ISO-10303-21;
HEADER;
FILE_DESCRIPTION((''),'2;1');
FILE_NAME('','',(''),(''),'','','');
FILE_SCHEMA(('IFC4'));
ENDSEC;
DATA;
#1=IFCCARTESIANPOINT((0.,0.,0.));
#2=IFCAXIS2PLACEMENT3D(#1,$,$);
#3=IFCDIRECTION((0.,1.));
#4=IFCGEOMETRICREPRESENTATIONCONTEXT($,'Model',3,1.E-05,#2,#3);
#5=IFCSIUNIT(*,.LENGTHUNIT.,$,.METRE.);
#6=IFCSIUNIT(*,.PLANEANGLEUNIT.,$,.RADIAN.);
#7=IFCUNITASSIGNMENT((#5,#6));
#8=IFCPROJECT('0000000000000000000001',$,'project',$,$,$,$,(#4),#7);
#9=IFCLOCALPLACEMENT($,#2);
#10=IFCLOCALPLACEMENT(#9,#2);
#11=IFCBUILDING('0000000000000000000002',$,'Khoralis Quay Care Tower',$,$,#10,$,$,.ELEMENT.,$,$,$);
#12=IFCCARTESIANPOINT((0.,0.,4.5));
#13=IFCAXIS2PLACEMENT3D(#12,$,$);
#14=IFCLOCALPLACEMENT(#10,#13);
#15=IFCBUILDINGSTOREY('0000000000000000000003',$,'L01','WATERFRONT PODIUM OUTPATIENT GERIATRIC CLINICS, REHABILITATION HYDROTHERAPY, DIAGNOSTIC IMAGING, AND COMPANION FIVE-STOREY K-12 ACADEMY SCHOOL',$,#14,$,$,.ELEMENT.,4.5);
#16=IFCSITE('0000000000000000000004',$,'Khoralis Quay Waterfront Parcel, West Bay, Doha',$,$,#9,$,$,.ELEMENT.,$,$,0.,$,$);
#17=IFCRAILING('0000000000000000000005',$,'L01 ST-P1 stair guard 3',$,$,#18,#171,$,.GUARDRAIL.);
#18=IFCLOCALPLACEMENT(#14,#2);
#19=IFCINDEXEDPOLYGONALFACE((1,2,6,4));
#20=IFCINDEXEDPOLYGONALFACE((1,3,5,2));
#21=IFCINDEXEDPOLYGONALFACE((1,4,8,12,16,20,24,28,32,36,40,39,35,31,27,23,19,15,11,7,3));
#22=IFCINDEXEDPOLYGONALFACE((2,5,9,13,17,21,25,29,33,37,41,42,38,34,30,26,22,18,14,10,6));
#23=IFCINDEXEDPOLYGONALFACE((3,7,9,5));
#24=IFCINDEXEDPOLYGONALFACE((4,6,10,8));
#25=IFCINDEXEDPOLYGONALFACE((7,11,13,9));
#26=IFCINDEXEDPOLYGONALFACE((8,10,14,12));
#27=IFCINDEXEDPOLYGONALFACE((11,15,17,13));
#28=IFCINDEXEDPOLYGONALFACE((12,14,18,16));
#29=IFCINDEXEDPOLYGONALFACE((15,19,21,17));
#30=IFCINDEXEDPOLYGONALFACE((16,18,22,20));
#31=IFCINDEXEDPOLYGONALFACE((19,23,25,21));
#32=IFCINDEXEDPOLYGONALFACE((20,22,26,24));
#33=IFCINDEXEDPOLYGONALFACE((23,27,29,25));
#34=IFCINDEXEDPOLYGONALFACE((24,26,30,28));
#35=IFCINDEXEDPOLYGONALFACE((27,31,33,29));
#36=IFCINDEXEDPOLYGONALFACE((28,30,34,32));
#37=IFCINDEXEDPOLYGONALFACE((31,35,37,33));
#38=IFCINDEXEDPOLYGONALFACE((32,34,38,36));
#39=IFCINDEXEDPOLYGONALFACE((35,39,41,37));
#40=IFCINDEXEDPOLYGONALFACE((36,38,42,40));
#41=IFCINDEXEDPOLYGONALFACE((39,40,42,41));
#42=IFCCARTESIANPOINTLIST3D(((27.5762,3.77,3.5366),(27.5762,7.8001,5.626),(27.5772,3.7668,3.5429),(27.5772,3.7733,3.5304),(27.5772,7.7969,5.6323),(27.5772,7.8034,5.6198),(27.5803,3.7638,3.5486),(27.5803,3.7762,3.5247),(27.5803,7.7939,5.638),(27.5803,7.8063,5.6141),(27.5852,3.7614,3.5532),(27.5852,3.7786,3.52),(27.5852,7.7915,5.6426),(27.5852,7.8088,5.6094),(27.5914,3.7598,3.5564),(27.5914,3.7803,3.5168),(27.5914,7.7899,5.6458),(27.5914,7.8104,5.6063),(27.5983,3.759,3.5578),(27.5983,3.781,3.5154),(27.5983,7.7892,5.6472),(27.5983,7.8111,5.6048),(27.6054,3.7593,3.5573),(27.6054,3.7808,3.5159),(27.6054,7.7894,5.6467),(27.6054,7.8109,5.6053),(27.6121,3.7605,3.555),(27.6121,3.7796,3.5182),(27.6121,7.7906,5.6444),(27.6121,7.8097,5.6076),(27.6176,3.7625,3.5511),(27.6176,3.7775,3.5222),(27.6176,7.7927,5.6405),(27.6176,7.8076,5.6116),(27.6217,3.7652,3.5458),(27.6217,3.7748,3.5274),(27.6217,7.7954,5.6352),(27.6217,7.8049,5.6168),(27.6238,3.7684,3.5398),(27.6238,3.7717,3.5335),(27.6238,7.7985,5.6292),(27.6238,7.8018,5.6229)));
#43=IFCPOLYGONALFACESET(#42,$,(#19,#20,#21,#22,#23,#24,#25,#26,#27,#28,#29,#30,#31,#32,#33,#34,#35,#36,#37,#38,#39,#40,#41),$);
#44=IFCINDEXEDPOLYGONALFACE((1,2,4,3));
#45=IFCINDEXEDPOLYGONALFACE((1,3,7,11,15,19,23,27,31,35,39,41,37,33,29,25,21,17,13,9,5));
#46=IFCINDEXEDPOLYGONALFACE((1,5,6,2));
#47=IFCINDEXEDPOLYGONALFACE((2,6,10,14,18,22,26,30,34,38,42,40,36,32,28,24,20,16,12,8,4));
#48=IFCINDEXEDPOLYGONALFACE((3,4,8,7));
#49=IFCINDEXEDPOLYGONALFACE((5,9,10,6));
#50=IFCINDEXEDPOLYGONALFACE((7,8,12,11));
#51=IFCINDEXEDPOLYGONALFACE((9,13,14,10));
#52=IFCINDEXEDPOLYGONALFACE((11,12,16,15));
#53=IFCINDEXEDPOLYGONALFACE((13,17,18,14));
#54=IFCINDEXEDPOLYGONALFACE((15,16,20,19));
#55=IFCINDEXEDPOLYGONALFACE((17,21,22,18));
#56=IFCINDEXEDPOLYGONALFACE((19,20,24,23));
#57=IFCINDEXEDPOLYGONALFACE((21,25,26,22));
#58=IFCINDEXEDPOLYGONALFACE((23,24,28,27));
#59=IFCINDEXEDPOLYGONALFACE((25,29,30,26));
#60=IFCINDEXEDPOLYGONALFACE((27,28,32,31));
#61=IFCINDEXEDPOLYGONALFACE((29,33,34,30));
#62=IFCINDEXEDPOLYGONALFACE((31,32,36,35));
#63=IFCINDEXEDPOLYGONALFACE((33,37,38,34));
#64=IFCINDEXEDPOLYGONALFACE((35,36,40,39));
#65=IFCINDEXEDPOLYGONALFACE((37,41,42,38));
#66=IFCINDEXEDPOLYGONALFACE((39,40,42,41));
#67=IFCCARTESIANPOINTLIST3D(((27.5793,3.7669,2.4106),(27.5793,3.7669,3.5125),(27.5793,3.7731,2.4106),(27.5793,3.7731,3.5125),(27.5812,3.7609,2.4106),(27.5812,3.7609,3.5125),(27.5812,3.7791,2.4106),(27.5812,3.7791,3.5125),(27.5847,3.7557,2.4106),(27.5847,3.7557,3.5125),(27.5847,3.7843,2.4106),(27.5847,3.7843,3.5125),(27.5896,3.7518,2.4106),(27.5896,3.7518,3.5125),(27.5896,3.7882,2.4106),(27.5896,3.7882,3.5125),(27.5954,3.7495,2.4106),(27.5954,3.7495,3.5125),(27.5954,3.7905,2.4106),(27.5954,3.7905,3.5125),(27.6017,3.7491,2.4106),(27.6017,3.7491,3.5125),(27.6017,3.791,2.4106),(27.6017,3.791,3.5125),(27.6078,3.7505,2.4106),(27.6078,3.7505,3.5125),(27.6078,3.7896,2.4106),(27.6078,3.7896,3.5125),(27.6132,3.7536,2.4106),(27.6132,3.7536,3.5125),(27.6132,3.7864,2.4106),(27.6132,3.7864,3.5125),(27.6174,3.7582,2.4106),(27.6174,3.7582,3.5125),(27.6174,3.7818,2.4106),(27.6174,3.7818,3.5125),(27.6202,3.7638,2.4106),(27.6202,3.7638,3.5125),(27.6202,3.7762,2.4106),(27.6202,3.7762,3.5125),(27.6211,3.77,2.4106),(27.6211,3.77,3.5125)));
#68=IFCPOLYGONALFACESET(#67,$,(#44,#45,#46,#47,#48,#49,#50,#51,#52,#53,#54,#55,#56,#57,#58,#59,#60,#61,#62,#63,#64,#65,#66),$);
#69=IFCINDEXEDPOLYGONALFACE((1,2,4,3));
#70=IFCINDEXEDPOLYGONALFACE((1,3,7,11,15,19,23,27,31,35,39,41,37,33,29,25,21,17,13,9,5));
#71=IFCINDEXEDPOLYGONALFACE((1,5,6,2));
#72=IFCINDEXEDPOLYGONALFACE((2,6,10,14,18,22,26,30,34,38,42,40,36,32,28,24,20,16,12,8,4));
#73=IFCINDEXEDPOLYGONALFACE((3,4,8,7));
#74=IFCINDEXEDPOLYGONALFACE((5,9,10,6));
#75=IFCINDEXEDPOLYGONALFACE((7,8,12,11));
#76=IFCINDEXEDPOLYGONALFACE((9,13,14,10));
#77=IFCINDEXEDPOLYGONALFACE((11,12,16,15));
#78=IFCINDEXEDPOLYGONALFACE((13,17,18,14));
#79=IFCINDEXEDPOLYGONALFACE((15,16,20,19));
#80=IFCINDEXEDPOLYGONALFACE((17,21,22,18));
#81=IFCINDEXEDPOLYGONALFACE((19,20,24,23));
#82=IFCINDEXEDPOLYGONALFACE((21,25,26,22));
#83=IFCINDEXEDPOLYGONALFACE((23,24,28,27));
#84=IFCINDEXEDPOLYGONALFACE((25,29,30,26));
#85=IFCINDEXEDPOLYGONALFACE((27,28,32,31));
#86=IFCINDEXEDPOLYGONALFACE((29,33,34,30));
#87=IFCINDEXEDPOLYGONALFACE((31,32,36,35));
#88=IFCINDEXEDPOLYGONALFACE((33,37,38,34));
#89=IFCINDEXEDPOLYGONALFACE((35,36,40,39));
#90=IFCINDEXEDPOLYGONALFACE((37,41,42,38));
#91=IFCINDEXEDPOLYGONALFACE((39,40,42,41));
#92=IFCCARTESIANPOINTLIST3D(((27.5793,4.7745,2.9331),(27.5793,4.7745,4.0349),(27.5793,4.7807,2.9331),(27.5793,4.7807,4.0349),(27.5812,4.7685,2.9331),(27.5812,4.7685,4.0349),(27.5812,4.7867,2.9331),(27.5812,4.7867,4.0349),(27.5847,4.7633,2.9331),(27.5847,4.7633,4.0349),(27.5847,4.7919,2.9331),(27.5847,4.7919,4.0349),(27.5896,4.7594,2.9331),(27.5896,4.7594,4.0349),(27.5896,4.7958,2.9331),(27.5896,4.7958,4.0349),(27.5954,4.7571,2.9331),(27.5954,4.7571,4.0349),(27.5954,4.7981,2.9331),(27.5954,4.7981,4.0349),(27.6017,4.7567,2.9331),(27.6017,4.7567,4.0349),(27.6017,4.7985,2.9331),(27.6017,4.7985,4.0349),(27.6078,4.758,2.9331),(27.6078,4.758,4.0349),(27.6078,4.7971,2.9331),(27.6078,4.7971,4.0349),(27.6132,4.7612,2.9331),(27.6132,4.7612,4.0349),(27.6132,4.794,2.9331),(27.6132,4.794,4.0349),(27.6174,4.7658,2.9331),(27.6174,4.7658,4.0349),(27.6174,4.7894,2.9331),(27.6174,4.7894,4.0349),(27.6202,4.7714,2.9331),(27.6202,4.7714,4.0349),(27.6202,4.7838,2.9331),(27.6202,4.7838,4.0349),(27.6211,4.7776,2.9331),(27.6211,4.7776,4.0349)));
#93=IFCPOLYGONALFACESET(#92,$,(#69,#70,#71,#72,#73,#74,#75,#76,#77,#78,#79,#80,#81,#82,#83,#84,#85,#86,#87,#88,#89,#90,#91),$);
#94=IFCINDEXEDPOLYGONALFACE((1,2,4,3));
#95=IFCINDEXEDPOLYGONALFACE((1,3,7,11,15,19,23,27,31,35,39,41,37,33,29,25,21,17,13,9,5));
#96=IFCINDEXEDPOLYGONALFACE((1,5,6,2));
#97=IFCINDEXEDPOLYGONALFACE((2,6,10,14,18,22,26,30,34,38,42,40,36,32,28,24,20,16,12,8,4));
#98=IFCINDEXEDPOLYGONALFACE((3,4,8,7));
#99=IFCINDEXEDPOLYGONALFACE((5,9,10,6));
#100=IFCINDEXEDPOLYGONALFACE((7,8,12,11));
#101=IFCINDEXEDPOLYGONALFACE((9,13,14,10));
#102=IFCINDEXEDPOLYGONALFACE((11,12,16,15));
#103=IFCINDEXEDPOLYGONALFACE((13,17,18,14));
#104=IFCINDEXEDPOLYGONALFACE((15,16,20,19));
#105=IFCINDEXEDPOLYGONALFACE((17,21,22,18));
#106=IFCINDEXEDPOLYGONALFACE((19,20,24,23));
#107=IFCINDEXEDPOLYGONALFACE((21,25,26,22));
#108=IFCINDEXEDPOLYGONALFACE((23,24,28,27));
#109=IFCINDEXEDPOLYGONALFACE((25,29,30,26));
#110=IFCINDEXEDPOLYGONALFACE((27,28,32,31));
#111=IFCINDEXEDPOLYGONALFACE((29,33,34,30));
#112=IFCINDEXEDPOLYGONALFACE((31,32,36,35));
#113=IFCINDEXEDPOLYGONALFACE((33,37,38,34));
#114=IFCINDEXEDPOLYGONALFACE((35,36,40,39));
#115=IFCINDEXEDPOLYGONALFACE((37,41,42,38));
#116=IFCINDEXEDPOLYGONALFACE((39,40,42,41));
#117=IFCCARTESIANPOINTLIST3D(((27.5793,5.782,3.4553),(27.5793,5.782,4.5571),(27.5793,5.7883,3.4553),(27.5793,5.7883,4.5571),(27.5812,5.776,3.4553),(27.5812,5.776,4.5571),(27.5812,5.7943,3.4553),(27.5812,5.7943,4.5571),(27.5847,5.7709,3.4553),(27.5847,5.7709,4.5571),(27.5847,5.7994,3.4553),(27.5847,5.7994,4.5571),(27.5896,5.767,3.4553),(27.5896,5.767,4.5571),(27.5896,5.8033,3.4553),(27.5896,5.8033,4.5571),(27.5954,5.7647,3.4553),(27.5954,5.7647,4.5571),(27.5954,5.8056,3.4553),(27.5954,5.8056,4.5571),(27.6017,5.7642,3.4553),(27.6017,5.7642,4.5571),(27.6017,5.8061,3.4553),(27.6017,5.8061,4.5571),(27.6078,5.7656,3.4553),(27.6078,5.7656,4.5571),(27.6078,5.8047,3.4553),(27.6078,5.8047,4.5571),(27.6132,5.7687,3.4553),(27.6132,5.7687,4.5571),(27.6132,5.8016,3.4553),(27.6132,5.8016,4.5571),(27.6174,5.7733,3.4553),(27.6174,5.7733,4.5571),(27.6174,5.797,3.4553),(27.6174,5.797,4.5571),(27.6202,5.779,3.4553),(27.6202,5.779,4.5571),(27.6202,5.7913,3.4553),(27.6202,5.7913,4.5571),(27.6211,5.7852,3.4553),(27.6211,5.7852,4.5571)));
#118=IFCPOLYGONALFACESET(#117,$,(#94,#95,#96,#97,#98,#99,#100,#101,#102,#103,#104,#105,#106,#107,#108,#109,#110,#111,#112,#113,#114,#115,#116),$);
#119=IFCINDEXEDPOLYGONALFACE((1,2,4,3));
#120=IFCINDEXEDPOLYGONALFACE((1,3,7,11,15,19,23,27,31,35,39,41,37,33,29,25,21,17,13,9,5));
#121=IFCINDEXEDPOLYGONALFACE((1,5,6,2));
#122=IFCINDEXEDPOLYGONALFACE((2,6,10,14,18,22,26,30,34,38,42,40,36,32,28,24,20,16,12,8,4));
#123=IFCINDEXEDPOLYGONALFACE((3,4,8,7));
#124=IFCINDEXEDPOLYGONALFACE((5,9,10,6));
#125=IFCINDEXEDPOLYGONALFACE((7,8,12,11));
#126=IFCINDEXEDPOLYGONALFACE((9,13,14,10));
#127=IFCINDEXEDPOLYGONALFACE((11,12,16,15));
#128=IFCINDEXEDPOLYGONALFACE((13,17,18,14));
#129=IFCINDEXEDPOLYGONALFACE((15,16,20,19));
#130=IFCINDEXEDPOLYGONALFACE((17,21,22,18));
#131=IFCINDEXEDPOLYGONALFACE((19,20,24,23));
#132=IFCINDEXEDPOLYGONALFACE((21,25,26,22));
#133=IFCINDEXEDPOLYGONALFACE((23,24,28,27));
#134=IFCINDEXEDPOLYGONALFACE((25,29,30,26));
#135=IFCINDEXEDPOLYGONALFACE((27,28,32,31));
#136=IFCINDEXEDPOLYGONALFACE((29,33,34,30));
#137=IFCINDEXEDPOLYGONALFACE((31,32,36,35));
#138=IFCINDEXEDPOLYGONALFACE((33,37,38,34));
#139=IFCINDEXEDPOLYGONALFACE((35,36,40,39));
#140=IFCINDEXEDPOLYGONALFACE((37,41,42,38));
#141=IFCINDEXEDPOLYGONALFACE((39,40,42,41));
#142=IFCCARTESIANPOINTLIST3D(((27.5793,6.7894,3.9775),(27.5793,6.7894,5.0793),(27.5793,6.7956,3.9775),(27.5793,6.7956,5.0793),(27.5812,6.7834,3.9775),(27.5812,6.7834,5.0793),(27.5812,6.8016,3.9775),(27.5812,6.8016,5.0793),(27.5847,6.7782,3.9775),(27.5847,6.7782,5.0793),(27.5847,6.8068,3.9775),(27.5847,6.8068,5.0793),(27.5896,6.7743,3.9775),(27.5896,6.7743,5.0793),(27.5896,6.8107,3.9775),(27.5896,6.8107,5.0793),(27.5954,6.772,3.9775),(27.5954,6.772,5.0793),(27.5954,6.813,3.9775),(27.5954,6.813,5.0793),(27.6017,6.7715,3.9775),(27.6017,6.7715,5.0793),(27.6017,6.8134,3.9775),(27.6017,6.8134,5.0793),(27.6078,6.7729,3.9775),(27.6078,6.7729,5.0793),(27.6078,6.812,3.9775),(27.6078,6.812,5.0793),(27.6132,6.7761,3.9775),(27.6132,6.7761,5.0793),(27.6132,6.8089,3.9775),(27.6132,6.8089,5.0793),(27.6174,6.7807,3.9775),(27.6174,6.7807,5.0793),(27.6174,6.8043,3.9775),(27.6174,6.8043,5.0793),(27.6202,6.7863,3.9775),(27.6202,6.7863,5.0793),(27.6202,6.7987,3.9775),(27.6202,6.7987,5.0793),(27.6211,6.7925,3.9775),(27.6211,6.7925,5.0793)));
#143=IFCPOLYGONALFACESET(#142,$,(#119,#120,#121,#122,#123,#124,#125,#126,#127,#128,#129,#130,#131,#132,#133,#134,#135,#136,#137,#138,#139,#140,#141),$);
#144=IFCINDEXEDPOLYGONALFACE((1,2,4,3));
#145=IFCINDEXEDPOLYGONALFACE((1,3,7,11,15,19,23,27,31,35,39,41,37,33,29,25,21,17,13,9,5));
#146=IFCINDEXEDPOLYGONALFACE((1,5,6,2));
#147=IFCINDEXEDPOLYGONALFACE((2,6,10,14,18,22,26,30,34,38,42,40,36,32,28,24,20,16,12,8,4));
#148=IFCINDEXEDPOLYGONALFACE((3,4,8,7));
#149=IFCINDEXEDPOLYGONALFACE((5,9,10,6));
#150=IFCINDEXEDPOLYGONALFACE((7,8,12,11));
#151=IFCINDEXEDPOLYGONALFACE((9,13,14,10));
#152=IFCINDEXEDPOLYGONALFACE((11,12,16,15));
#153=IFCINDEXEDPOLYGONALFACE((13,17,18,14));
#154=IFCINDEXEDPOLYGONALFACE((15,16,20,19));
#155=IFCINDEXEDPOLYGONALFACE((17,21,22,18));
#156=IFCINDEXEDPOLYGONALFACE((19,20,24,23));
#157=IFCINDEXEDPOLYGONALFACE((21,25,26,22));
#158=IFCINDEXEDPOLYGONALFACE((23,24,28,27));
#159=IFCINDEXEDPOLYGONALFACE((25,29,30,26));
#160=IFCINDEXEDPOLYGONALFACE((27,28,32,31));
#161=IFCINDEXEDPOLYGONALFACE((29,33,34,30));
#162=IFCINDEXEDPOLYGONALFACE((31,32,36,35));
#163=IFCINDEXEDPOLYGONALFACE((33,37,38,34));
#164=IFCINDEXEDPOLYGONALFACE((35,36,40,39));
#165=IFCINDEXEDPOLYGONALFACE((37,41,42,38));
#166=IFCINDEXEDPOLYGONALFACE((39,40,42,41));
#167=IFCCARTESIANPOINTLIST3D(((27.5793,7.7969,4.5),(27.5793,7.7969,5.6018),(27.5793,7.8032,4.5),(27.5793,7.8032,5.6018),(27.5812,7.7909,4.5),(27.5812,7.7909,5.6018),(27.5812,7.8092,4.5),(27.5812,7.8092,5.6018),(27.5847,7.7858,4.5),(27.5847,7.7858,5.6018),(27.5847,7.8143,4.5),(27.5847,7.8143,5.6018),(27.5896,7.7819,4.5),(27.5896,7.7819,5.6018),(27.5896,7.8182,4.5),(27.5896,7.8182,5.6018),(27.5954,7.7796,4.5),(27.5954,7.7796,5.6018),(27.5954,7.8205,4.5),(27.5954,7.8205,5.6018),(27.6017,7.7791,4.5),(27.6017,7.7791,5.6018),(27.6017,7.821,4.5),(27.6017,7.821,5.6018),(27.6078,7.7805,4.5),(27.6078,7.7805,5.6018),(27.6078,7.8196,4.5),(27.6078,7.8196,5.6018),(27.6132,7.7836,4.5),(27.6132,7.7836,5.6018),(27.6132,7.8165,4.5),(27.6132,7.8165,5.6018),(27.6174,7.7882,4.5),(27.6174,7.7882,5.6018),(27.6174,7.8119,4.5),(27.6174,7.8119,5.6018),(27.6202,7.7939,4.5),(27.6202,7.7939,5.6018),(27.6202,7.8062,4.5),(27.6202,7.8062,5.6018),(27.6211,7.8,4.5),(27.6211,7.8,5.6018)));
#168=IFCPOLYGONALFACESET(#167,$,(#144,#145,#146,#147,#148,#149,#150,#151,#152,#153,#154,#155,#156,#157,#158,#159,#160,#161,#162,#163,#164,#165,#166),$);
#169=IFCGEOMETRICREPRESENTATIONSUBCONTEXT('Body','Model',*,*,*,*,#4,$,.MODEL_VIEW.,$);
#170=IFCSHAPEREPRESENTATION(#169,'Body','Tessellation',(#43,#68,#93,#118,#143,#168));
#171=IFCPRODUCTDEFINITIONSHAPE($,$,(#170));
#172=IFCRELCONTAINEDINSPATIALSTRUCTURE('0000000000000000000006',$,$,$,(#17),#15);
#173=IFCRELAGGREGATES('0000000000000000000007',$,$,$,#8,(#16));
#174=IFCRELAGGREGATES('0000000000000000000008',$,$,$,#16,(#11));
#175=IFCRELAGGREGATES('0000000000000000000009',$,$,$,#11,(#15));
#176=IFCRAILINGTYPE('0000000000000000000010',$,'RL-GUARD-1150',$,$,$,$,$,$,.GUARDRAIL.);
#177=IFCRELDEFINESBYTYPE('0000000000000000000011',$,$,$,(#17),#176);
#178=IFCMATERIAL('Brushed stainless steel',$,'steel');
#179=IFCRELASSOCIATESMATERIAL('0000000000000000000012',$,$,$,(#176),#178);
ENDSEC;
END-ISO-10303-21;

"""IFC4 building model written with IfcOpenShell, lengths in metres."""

from ifc_helpers import new_model, si_unit, direction, frame, origin, origin_2d, place, context, subcontext, project, spatial, circle, extrude, material, type_object, element, save


model = new_model("IFC4")

# Units and contexts
model_context = context("Model", 3, precision=1e-05, world=origin(), true_north=direction((0.0, 1.0)))
body_context = subcontext(model_context, "Body", "Model", "MODEL_VIEW")
ifc_project = project(units=[si_unit("LENGTHUNIT", "METRE"), si_unit("PLANEANGLEUNIT", "RADIAN")], contexts=[model_context])

# Site, building, storey
site_placement = place(None, origin())
site = spatial("IfcSite", under=ifc_project, at=site_placement, Name="Khoralis Quay Waterfront Parcel, West Bay, Doha", CompositionType="ELEMENT", RefElevation=0.0)
building_placement = place(site_placement, origin())
building = spatial("IfcBuilding", under=site, at=building_placement, Name="Khoralis Quay Care Tower", CompositionType="ELEMENT")
storey_placement = place(building_placement, frame((0.0, 0.0, 4.5)))
storey = spatial("IfcBuildingStorey", under=building, at=storey_placement, Name="L01", Description="WATERFRONT PODIUM OUTPATIENT GERIATRIC CLINICS, REHABILITATION HYDROTHERAPY, DIAGNOSTIC IMAGING, AND COMPANION FIVE-STOREY K-12 ACADEMY SCHOOL", CompositionType="ELEMENT", Elevation=4.5)

# Shared definitions
ifc_material_1 = material(Name="Brushed stainless steel", Category="steel")

# Railing
railing_type_1 = type_object("IfcRailingType", Name="RL-GUARD-1150", PredefinedType="GUARDRAIL", material=ifc_material_1)
railing_1_placement = place(storey_placement, frame((27.6001, 3.77, 2.4106)))
element("IfcRailing", 1, at=railing_1_placement, inside=storey, type_object=railing_type_1, Name="L01 ST-P1 stair guard 3", PredefinedType="GUARDRAIL", context=body_context, shape_type="SweptSolid", body=[
    extrude(circle(Radius=0.0239, at=origin_2d()), frame((0.0, 0.0, 1.126), z_axis=(0.0, 0.887781, 0.460267), x_axis=(-1.0, 0.0, 0.0)), (0.0, 0.0, 1.0), 4.5396),
    extrude(circle(Radius=0.021, at=origin_2d()), origin(), (0.0, 0.0, 1.0), 1.1018),
    extrude(circle(Radius=0.021, at=origin_2d()), frame((0.0, 1.0076, 0.5225)), (0.0, 0.0, 1.0), 1.1018),
    extrude(circle(Radius=0.021, at=origin_2d()), frame((0.0, 2.0151, 1.0447)), (0.0, 0.0, 1.0), 1.1018),
    extrude(circle(Radius=0.021, at=origin_2d()), frame((0.0, 3.0225, 1.5669)), (0.0, 0.0, 1.0), 1.1018),
    extrude(circle(Radius=0.021, at=origin_2d()), frame((0.0, 4.03, 2.0894)), (0.0, 0.0, 1.0), 1.1018),
])

save(model, "model.ifc")
